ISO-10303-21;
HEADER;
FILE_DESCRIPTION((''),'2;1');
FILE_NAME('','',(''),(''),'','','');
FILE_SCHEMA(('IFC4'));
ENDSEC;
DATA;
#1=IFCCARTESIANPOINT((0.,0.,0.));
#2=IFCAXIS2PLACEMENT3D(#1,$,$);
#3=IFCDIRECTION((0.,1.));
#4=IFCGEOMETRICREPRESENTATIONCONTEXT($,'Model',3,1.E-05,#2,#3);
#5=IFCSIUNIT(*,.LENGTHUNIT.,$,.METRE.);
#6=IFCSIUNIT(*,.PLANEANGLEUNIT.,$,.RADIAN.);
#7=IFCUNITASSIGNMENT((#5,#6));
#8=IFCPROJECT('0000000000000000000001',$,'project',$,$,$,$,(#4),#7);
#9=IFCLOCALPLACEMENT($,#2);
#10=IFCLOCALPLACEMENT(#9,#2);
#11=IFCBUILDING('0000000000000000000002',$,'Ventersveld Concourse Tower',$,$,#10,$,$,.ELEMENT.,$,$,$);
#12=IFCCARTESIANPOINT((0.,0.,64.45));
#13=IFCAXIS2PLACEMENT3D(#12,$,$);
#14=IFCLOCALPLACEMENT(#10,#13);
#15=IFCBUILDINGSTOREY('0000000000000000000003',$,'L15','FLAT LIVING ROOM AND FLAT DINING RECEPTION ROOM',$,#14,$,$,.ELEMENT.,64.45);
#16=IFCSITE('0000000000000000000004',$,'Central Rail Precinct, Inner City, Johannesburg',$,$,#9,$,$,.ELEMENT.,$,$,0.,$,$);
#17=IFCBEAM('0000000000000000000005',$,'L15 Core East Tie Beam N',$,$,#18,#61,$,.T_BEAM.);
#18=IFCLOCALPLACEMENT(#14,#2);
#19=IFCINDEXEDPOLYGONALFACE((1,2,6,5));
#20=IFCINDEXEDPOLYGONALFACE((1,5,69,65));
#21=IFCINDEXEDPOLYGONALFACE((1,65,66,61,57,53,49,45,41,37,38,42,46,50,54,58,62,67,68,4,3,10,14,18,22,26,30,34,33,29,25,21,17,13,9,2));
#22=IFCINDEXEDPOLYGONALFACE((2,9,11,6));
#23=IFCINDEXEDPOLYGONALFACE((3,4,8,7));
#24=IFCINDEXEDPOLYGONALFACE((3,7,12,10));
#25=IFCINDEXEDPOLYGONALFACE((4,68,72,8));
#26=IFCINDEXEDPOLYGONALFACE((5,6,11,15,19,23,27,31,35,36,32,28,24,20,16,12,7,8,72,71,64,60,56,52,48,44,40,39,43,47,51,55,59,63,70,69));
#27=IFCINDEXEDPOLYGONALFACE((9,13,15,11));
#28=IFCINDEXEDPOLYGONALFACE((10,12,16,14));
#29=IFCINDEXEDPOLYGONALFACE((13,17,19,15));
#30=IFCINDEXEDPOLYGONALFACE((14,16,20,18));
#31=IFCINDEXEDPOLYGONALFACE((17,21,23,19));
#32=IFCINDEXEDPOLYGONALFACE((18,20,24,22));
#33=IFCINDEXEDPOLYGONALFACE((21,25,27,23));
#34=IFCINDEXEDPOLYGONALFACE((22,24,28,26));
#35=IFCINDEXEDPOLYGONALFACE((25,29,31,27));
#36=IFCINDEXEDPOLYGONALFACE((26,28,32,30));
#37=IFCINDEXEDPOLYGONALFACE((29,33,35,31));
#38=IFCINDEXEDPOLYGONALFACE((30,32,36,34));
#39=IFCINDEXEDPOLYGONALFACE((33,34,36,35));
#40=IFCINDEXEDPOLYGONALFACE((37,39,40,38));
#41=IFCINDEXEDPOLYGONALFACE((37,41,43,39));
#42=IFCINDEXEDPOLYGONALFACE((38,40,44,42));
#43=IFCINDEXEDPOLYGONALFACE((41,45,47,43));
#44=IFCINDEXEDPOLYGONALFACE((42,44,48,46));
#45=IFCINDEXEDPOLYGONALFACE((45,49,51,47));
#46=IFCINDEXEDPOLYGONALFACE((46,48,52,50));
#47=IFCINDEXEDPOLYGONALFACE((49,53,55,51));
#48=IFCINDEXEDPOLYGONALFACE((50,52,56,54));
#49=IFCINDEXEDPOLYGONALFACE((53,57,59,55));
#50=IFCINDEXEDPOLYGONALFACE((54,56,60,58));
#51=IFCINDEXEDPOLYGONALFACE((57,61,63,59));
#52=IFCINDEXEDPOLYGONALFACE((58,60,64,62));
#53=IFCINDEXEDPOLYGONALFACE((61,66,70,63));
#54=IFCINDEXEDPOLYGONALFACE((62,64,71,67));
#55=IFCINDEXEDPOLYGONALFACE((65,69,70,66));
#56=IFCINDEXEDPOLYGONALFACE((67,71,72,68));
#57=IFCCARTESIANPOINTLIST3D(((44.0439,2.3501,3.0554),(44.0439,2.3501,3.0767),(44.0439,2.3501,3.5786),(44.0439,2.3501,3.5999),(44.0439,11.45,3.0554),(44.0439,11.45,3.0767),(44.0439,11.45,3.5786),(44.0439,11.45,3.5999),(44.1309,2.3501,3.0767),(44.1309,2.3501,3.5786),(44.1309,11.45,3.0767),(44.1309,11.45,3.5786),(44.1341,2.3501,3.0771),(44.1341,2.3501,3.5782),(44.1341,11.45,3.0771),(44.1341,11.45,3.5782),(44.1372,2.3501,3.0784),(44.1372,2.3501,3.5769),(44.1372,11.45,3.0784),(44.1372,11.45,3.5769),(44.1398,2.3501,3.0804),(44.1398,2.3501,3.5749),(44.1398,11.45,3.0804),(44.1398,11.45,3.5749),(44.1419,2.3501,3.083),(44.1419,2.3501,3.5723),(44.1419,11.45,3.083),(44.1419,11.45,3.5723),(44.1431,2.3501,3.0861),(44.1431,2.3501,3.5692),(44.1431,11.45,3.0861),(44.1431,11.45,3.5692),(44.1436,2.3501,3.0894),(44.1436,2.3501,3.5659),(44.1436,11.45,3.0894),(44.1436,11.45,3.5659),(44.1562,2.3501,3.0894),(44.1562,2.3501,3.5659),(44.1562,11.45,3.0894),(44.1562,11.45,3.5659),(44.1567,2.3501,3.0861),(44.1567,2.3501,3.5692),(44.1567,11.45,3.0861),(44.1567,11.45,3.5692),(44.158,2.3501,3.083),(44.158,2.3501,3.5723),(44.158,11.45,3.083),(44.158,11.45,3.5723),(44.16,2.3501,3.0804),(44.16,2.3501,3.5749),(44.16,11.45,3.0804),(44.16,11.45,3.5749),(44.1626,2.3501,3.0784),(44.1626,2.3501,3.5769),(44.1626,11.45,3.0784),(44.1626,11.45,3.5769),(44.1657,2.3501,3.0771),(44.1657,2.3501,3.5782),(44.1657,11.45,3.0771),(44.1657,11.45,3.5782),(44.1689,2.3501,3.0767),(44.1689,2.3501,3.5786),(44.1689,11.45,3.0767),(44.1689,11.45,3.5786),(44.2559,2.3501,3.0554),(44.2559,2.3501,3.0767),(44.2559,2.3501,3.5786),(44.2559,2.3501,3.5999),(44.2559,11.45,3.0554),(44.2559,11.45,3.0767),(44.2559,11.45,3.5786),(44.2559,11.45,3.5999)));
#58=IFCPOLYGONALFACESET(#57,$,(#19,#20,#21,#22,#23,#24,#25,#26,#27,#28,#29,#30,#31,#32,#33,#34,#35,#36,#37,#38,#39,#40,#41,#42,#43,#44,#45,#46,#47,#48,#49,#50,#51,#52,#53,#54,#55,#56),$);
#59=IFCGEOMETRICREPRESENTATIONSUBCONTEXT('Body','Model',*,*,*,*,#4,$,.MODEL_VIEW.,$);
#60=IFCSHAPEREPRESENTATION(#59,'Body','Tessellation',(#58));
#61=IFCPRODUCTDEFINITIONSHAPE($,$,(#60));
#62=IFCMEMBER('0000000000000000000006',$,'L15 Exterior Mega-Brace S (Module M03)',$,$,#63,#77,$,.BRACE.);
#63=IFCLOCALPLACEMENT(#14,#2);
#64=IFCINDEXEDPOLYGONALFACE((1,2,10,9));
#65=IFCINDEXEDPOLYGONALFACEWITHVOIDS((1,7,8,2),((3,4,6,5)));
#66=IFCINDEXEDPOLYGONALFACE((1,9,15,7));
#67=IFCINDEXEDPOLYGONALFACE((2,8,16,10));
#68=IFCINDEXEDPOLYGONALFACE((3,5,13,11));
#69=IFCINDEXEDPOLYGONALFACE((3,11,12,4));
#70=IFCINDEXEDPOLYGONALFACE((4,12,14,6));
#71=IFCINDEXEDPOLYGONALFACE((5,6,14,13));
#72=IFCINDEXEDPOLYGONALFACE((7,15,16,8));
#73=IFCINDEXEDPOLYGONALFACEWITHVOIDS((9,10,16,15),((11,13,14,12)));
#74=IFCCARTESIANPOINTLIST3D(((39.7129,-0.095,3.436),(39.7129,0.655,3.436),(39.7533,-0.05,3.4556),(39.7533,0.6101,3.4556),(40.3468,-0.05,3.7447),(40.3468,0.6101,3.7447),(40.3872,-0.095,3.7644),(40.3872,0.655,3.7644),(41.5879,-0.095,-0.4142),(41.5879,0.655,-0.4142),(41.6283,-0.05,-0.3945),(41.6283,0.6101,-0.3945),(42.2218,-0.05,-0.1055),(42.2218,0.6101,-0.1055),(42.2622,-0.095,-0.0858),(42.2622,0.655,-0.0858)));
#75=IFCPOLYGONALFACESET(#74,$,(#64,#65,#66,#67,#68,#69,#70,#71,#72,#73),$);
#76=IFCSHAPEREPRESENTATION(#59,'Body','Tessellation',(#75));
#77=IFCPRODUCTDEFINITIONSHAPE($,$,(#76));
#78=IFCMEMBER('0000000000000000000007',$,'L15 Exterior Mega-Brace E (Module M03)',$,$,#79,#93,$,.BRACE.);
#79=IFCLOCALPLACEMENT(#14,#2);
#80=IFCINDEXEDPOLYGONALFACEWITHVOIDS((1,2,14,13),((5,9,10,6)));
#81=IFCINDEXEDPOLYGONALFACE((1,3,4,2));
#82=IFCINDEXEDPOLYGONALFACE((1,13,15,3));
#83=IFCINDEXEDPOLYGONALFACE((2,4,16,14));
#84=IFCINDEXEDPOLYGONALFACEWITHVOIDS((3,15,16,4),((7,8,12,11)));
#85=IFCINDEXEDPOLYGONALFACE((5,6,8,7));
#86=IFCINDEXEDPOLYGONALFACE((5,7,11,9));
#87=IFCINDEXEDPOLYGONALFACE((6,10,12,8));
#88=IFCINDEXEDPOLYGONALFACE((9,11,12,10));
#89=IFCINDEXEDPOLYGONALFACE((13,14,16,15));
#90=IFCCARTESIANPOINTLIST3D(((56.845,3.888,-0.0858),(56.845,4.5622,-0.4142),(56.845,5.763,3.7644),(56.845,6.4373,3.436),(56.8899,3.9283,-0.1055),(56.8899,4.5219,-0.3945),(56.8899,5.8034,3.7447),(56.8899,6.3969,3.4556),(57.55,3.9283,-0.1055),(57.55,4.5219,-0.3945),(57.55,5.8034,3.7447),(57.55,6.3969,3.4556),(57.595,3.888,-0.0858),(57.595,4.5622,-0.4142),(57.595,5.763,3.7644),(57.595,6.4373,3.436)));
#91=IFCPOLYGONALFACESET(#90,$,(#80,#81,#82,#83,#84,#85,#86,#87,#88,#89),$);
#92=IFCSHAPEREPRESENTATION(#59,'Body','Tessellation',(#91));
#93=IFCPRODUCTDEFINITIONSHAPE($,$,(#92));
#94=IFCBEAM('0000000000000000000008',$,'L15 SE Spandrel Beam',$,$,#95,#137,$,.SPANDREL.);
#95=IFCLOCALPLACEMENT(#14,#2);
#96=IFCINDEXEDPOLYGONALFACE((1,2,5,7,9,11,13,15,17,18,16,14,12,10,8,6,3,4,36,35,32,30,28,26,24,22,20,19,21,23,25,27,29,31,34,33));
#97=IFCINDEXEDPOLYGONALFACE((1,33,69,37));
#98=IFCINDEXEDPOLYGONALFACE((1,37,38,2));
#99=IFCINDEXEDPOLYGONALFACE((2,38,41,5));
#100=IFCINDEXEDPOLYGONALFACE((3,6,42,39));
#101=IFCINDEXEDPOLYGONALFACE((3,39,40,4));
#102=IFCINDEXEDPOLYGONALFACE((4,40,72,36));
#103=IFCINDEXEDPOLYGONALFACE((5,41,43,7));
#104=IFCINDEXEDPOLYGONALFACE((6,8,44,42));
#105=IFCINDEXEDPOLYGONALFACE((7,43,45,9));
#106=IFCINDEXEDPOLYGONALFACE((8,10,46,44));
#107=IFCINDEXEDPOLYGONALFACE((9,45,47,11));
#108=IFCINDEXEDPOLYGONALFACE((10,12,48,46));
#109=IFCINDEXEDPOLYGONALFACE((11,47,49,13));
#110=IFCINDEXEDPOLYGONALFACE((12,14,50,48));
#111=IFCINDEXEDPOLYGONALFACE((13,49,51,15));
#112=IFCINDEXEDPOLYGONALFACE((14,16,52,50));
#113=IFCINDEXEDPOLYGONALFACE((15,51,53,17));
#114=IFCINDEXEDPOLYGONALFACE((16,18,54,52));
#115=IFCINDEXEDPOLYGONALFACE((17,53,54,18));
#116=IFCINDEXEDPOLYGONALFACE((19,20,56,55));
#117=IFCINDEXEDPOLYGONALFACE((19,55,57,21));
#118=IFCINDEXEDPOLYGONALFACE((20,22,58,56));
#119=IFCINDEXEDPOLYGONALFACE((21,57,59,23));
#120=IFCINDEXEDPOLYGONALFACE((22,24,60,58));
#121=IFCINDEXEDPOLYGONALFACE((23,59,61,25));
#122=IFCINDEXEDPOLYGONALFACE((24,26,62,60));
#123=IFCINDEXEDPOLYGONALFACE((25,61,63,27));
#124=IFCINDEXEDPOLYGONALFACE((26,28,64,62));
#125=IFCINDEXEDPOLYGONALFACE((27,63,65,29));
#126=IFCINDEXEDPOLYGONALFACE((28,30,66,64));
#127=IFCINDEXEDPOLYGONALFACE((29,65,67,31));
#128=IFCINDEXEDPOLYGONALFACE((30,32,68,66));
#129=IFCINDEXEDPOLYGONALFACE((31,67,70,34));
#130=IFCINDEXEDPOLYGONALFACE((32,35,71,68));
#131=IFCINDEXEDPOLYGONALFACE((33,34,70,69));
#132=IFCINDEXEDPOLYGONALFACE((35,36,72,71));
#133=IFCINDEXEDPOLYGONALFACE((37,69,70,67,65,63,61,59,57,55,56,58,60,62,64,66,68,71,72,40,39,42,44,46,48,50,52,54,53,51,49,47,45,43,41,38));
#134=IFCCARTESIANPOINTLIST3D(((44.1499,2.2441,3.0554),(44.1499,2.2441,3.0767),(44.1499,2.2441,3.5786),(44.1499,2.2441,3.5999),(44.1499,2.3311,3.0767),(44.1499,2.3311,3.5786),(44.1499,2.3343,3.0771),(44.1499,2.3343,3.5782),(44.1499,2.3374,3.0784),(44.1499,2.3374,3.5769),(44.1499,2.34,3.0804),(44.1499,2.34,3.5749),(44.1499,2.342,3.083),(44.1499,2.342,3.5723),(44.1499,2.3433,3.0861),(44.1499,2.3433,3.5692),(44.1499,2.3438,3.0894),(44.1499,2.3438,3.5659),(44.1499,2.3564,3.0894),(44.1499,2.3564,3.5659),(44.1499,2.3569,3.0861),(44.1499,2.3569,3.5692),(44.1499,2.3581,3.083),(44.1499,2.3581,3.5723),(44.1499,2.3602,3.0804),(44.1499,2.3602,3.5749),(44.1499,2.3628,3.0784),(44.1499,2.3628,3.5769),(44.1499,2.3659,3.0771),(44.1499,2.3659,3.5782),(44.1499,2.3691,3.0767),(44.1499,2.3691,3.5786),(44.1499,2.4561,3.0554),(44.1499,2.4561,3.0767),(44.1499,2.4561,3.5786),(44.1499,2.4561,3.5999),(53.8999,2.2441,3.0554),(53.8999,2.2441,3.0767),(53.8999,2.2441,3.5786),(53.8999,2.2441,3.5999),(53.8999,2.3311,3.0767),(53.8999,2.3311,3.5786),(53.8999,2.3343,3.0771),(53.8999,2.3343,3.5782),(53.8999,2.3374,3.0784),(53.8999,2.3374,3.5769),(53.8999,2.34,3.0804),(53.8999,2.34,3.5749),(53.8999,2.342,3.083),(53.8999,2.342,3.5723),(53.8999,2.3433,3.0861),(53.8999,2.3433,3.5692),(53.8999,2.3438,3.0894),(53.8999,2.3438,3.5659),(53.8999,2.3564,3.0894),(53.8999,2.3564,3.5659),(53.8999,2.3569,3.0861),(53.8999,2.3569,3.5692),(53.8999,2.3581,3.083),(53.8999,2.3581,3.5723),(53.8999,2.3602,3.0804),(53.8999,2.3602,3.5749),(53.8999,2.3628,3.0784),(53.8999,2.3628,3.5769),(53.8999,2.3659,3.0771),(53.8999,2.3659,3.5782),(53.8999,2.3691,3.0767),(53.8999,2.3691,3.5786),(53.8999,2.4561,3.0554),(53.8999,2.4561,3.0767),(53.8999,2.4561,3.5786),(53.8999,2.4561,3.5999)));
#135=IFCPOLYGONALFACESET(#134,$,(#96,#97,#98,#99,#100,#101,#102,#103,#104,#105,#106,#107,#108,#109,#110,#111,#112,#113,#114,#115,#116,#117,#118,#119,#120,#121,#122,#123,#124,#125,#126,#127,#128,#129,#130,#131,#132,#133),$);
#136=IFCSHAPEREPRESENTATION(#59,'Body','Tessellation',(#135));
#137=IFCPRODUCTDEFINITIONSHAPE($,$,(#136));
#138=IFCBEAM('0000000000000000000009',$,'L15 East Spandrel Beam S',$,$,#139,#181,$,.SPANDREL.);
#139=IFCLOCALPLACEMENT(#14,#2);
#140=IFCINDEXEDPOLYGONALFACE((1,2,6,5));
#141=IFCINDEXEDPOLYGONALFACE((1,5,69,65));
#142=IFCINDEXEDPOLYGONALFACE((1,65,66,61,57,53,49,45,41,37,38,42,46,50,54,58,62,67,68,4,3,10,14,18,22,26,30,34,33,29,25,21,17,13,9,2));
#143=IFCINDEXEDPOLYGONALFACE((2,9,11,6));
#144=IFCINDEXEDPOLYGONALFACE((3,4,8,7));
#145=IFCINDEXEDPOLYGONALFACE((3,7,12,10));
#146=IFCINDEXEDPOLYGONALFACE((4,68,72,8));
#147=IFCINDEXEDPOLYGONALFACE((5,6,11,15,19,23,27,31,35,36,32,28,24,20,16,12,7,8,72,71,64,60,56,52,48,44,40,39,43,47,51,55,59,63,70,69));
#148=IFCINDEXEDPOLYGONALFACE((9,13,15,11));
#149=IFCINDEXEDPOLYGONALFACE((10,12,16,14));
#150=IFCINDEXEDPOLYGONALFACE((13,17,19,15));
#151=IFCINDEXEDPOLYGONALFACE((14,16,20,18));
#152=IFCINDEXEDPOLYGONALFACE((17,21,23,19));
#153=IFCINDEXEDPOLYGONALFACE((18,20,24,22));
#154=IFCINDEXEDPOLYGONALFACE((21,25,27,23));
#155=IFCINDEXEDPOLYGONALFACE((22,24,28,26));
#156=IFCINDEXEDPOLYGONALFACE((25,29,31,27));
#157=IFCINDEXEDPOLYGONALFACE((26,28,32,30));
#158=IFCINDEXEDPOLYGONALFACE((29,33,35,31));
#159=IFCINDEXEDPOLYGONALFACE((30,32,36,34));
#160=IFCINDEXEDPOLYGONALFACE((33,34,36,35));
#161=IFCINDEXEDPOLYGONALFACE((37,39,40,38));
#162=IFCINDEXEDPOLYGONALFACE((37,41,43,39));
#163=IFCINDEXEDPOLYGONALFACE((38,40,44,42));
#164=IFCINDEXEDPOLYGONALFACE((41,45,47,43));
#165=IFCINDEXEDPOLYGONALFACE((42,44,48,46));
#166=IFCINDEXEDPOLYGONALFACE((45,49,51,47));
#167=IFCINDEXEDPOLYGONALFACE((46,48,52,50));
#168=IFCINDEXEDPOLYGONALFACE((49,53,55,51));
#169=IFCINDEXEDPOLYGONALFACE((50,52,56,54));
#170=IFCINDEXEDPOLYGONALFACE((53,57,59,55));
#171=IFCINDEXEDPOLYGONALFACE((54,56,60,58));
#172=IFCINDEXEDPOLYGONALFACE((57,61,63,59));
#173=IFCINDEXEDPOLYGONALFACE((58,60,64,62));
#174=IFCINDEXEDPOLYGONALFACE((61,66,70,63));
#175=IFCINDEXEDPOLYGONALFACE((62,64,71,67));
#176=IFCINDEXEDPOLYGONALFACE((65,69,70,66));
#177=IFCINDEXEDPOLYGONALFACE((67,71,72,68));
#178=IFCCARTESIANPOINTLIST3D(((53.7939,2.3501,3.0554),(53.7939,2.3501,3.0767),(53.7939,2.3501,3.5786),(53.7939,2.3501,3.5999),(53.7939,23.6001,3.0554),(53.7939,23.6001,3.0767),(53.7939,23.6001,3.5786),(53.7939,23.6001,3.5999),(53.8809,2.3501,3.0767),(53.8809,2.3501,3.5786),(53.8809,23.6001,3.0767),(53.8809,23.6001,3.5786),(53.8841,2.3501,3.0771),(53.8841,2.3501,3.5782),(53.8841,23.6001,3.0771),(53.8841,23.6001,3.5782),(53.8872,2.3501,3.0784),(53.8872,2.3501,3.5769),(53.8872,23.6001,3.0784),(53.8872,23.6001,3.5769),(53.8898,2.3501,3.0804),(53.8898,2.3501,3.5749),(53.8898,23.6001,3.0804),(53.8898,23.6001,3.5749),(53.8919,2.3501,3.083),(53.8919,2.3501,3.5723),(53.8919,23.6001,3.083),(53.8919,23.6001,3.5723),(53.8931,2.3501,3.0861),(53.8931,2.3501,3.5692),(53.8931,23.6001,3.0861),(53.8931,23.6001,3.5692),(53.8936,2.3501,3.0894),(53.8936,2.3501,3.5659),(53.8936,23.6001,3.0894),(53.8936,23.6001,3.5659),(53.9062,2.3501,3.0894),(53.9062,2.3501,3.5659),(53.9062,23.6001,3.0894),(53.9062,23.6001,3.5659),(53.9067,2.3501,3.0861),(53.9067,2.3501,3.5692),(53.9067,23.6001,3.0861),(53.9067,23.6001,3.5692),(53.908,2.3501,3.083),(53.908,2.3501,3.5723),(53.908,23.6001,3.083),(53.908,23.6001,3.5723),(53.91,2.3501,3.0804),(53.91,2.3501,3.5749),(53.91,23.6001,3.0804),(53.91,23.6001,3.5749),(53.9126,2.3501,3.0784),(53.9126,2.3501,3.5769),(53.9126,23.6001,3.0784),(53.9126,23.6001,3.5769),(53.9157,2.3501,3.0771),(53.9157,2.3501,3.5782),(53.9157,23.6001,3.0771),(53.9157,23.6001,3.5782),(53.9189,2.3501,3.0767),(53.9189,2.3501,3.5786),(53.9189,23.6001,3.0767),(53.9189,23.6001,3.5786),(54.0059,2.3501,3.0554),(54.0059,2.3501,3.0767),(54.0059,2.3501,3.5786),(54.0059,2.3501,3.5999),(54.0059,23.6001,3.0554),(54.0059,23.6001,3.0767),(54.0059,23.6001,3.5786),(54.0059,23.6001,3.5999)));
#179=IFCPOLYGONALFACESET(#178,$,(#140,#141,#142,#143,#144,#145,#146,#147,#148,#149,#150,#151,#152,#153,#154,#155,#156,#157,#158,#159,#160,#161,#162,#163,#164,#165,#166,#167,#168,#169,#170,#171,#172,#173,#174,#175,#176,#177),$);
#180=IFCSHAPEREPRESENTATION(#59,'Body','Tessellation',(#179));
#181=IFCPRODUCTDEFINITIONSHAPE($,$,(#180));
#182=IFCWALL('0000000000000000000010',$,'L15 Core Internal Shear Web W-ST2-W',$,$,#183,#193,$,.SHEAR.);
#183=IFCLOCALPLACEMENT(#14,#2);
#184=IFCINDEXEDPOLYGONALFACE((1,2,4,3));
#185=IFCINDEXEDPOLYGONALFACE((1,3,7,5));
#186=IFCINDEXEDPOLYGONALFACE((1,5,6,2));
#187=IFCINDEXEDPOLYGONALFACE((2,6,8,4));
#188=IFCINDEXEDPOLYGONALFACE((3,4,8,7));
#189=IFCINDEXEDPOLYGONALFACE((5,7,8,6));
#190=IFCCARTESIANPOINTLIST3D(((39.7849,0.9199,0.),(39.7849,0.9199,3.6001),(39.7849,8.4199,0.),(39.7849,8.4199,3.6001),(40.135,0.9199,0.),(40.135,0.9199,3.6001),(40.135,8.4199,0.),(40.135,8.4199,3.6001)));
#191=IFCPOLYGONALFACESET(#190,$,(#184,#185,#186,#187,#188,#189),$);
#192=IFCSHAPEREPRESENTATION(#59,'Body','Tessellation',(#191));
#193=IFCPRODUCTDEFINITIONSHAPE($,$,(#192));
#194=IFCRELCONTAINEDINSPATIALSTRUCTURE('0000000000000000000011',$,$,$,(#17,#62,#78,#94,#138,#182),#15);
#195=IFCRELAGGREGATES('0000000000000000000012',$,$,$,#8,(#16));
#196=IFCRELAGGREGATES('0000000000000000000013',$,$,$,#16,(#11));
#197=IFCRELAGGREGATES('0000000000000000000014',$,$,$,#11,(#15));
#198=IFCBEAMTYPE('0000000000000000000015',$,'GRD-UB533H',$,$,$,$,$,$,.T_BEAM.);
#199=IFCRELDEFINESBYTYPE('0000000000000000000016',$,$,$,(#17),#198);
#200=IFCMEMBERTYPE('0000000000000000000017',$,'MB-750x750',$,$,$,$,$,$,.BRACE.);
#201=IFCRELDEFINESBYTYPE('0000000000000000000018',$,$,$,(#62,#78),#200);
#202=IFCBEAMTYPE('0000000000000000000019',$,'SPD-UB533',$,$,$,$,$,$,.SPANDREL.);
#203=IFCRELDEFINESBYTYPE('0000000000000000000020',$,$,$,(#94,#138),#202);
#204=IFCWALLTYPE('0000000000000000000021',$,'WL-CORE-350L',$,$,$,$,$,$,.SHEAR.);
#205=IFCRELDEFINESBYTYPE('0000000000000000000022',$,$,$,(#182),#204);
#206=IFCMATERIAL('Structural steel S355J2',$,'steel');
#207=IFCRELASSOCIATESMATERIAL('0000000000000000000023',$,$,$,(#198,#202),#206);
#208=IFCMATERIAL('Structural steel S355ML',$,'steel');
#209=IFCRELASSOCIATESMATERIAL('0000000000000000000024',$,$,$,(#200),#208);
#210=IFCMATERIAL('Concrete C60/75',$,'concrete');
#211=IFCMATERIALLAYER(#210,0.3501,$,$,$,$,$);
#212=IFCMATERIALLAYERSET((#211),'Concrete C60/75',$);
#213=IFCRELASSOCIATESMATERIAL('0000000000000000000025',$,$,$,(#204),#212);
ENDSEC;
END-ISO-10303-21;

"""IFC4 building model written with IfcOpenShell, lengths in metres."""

from ifc_helpers import new_model, si_unit, direction, frame, frame_2d, origin, origin_2d, place, context, subcontext, project, spatial, rectangle, hollow_rectangle, i_section, extrude, material, layer, layer_set, material_profile, profile_set, type_object, element, save


model = new_model("IFC4")

# Units and contexts
model_context = context("Model", 3, precision=1e-05, world=origin(), true_north=direction((0.0, 1.0)))
body_context = subcontext(model_context, "Body", "Model", "MODEL_VIEW")
ifc_project = project(units=[si_unit("LENGTHUNIT", "METRE"), si_unit("PLANEANGLEUNIT", "RADIAN")], contexts=[model_context])

# Site, building, storey
site_placement = place(None, origin())
site = spatial("IfcSite", under=ifc_project, at=site_placement, Name="Central Rail Precinct, Inner City, Johannesburg", CompositionType="ELEMENT", RefElevation=0.0)
building_placement = place(site_placement, origin())
building = spatial("IfcBuilding", under=site, at=building_placement, Name="Ventersveld Concourse Tower", CompositionType="ELEMENT")
storey_placement = place(building_placement, frame((0.0, 0.0, 64.45)))
storey = spatial("IfcBuildingStorey", under=building, at=storey_placement, Name="L15", Description="FLAT LIVING ROOM AND FLAT DINING RECEPTION ROOM", CompositionType="ELEMENT", Elevation=64.45)

# Beam
ifc_material_1 = material(Name="Structural steel S355J2", Category="steel")
ifc_material_profile_1 = material_profile(ifc_material_1, i_section(OverallWidth=0.2119, OverallDepth=0.5444, WebThickness=0.0127, FlangeThickness=0.0212, FilletRadius=0.0127, at=origin_2d()), Name="UB 533x210x122")
ifc_profile_set_1 = profile_set([ifc_material_profile_1], Name="Structural steel S355J2")
beam_type_1 = type_object("IfcBeamType", Name="GRD-UB533H", PredefinedType="T_BEAM", material=ifc_profile_set_1)
beam_1_placement = place(storey_placement, frame((44.1499, 2.3501, 3.3276), z_axis=(0.0, 1.0, 0.0), x_axis=(-1.0, 0.0, 0.0)))
element("IfcBeam", 1, at=beam_1_placement, inside=storey, type_object=beam_type_1, Name="L15 Core East Tie Beam N", PredefinedType="T_BEAM", context=body_context, shape_type="SweptSolid", body=[
    extrude(i_section(OverallWidth=0.2119, OverallDepth=0.5444, WebThickness=0.0127, FlangeThickness=0.0212, FilletRadius=0.0127, at=origin_2d()), origin(), (0.0, 0.0, 1.0), 9.0999),
])

# Members
ifc_material_2 = material(Name="Structural steel S355ML", Category="steel")
ifc_material_profile_2 = material_profile(ifc_material_2, hollow_rectangle(XDim=0.75, YDim=0.75, WallThickness=0.0449, at=origin_2d()), Name="BOX 750x750x45")
ifc_profile_set_2 = profile_set([ifc_material_profile_2], Name="Structural steel S355ML")
member_type = type_object("IfcMemberType", Name="MB-750x750", PredefinedType="BRACE", material=ifc_profile_set_2)
for number, where, z_axis, x_axis, name in (
    (2, (41.925, 0.28, -0.25), (-0.437839, 0.0, 0.899053), (0.0, -1.0, 0.0), "L15 Exterior Mega-Brace S (Module M03)"),
    (3, (57.22, 4.2251, -0.25), (0.0, 0.437839, 0.899053), (-1.0, 0.0, 0.0), "L15 Exterior Mega-Brace E (Module M03)"),
):
    element("IfcMember", number, at=place(storey_placement, frame(where, z_axis=z_axis, x_axis=x_axis)), inside=storey, type_object=member_type, Name=name, PredefinedType="BRACE", context=body_context, shape_type="SweptSolid", body=[
        extrude(hollow_rectangle(XDim=0.75, YDim=0.75, WallThickness=0.0449, at=origin_2d()), origin(), (0.0, 0.0, 1.0), 4.2825),
    ])

# Beams
ifc_material_profile_3 = material_profile(ifc_material_1, i_section(OverallWidth=0.2119, OverallDepth=0.5444, WebThickness=0.0127, FlangeThickness=0.0212, FilletRadius=0.0127, at=origin_2d()), Name="UB 533x210x122")
ifc_profile_set_3 = profile_set([ifc_material_profile_3], Name="Structural steel S355J2")
beam_type_2 = type_object("IfcBeamType", Name="SPD-UB533", PredefinedType="SPANDREL", material=ifc_profile_set_3)
beam_2_placement = place(storey_placement, frame((44.1499, 2.3501, 3.3276), z_axis=(1.0, 0.0, 0.0), x_axis=(0.0, 1.0, 0.0)))
element("IfcBeam", 4, at=beam_2_placement, inside=storey, type_object=beam_type_2, Name="L15 SE Spandrel Beam", PredefinedType="SPANDREL", context=body_context, shape_type="SweptSolid", body=[
    extrude(i_section(OverallWidth=0.2119, OverallDepth=0.5444, WebThickness=0.0127, FlangeThickness=0.0212, FilletRadius=0.0127, at=origin_2d()), origin(), (0.0, 0.0, 1.0), 9.75),
])
beam_3_placement = place(storey_placement, frame((53.8999, 2.3501, 3.3276), z_axis=(0.0, 1.0, 0.0), x_axis=(-1.0, 0.0, 0.0)))
element("IfcBeam", 5, at=beam_3_placement, inside=storey, type_object=beam_type_2, Name="L15 East Spandrel Beam S", PredefinedType="SPANDREL", context=body_context, shape_type="SweptSolid", body=[
    extrude(i_section(OverallWidth=0.2119, OverallDepth=0.5444, WebThickness=0.0127, FlangeThickness=0.0212, FilletRadius=0.0127, at=origin_2d()), origin(), (0.0, 0.0, 1.0), 21.25),
])

# Wall
ifc_material_3 = material(Name="Concrete C60/75", Category="concrete")
ifc_layer_1 = layer(ifc_material_3, 0.3501)
ifc_layer_set_1 = layer_set([ifc_layer_1], Name="Concrete C60/75")
wall_type_1 = type_object("IfcWallType", Name="WL-CORE-350L", PredefinedType="SHEAR", material=ifc_layer_set_1)
wall_1_placement = place(storey_placement, frame((39.96, 0.9199, 0.0), z_axis=(0.0, 0.0, 1.0), x_axis=(0.0, 1.0, 0.0)))
element("IfcWall", 6, at=wall_1_placement, inside=storey, type_object=wall_type_1, Name="L15 Core Internal Shear Web W-ST2-W", PredefinedType="SHEAR", context=body_context, shape_type="SweptSolid", body=[
    extrude(rectangle(XDim=7.5, YDim=0.3501, at=frame_2d((3.75, 0.0))), origin(), (0.0, 0.0, 1.0), 3.6001),
])

save(model, "model.ifc")
